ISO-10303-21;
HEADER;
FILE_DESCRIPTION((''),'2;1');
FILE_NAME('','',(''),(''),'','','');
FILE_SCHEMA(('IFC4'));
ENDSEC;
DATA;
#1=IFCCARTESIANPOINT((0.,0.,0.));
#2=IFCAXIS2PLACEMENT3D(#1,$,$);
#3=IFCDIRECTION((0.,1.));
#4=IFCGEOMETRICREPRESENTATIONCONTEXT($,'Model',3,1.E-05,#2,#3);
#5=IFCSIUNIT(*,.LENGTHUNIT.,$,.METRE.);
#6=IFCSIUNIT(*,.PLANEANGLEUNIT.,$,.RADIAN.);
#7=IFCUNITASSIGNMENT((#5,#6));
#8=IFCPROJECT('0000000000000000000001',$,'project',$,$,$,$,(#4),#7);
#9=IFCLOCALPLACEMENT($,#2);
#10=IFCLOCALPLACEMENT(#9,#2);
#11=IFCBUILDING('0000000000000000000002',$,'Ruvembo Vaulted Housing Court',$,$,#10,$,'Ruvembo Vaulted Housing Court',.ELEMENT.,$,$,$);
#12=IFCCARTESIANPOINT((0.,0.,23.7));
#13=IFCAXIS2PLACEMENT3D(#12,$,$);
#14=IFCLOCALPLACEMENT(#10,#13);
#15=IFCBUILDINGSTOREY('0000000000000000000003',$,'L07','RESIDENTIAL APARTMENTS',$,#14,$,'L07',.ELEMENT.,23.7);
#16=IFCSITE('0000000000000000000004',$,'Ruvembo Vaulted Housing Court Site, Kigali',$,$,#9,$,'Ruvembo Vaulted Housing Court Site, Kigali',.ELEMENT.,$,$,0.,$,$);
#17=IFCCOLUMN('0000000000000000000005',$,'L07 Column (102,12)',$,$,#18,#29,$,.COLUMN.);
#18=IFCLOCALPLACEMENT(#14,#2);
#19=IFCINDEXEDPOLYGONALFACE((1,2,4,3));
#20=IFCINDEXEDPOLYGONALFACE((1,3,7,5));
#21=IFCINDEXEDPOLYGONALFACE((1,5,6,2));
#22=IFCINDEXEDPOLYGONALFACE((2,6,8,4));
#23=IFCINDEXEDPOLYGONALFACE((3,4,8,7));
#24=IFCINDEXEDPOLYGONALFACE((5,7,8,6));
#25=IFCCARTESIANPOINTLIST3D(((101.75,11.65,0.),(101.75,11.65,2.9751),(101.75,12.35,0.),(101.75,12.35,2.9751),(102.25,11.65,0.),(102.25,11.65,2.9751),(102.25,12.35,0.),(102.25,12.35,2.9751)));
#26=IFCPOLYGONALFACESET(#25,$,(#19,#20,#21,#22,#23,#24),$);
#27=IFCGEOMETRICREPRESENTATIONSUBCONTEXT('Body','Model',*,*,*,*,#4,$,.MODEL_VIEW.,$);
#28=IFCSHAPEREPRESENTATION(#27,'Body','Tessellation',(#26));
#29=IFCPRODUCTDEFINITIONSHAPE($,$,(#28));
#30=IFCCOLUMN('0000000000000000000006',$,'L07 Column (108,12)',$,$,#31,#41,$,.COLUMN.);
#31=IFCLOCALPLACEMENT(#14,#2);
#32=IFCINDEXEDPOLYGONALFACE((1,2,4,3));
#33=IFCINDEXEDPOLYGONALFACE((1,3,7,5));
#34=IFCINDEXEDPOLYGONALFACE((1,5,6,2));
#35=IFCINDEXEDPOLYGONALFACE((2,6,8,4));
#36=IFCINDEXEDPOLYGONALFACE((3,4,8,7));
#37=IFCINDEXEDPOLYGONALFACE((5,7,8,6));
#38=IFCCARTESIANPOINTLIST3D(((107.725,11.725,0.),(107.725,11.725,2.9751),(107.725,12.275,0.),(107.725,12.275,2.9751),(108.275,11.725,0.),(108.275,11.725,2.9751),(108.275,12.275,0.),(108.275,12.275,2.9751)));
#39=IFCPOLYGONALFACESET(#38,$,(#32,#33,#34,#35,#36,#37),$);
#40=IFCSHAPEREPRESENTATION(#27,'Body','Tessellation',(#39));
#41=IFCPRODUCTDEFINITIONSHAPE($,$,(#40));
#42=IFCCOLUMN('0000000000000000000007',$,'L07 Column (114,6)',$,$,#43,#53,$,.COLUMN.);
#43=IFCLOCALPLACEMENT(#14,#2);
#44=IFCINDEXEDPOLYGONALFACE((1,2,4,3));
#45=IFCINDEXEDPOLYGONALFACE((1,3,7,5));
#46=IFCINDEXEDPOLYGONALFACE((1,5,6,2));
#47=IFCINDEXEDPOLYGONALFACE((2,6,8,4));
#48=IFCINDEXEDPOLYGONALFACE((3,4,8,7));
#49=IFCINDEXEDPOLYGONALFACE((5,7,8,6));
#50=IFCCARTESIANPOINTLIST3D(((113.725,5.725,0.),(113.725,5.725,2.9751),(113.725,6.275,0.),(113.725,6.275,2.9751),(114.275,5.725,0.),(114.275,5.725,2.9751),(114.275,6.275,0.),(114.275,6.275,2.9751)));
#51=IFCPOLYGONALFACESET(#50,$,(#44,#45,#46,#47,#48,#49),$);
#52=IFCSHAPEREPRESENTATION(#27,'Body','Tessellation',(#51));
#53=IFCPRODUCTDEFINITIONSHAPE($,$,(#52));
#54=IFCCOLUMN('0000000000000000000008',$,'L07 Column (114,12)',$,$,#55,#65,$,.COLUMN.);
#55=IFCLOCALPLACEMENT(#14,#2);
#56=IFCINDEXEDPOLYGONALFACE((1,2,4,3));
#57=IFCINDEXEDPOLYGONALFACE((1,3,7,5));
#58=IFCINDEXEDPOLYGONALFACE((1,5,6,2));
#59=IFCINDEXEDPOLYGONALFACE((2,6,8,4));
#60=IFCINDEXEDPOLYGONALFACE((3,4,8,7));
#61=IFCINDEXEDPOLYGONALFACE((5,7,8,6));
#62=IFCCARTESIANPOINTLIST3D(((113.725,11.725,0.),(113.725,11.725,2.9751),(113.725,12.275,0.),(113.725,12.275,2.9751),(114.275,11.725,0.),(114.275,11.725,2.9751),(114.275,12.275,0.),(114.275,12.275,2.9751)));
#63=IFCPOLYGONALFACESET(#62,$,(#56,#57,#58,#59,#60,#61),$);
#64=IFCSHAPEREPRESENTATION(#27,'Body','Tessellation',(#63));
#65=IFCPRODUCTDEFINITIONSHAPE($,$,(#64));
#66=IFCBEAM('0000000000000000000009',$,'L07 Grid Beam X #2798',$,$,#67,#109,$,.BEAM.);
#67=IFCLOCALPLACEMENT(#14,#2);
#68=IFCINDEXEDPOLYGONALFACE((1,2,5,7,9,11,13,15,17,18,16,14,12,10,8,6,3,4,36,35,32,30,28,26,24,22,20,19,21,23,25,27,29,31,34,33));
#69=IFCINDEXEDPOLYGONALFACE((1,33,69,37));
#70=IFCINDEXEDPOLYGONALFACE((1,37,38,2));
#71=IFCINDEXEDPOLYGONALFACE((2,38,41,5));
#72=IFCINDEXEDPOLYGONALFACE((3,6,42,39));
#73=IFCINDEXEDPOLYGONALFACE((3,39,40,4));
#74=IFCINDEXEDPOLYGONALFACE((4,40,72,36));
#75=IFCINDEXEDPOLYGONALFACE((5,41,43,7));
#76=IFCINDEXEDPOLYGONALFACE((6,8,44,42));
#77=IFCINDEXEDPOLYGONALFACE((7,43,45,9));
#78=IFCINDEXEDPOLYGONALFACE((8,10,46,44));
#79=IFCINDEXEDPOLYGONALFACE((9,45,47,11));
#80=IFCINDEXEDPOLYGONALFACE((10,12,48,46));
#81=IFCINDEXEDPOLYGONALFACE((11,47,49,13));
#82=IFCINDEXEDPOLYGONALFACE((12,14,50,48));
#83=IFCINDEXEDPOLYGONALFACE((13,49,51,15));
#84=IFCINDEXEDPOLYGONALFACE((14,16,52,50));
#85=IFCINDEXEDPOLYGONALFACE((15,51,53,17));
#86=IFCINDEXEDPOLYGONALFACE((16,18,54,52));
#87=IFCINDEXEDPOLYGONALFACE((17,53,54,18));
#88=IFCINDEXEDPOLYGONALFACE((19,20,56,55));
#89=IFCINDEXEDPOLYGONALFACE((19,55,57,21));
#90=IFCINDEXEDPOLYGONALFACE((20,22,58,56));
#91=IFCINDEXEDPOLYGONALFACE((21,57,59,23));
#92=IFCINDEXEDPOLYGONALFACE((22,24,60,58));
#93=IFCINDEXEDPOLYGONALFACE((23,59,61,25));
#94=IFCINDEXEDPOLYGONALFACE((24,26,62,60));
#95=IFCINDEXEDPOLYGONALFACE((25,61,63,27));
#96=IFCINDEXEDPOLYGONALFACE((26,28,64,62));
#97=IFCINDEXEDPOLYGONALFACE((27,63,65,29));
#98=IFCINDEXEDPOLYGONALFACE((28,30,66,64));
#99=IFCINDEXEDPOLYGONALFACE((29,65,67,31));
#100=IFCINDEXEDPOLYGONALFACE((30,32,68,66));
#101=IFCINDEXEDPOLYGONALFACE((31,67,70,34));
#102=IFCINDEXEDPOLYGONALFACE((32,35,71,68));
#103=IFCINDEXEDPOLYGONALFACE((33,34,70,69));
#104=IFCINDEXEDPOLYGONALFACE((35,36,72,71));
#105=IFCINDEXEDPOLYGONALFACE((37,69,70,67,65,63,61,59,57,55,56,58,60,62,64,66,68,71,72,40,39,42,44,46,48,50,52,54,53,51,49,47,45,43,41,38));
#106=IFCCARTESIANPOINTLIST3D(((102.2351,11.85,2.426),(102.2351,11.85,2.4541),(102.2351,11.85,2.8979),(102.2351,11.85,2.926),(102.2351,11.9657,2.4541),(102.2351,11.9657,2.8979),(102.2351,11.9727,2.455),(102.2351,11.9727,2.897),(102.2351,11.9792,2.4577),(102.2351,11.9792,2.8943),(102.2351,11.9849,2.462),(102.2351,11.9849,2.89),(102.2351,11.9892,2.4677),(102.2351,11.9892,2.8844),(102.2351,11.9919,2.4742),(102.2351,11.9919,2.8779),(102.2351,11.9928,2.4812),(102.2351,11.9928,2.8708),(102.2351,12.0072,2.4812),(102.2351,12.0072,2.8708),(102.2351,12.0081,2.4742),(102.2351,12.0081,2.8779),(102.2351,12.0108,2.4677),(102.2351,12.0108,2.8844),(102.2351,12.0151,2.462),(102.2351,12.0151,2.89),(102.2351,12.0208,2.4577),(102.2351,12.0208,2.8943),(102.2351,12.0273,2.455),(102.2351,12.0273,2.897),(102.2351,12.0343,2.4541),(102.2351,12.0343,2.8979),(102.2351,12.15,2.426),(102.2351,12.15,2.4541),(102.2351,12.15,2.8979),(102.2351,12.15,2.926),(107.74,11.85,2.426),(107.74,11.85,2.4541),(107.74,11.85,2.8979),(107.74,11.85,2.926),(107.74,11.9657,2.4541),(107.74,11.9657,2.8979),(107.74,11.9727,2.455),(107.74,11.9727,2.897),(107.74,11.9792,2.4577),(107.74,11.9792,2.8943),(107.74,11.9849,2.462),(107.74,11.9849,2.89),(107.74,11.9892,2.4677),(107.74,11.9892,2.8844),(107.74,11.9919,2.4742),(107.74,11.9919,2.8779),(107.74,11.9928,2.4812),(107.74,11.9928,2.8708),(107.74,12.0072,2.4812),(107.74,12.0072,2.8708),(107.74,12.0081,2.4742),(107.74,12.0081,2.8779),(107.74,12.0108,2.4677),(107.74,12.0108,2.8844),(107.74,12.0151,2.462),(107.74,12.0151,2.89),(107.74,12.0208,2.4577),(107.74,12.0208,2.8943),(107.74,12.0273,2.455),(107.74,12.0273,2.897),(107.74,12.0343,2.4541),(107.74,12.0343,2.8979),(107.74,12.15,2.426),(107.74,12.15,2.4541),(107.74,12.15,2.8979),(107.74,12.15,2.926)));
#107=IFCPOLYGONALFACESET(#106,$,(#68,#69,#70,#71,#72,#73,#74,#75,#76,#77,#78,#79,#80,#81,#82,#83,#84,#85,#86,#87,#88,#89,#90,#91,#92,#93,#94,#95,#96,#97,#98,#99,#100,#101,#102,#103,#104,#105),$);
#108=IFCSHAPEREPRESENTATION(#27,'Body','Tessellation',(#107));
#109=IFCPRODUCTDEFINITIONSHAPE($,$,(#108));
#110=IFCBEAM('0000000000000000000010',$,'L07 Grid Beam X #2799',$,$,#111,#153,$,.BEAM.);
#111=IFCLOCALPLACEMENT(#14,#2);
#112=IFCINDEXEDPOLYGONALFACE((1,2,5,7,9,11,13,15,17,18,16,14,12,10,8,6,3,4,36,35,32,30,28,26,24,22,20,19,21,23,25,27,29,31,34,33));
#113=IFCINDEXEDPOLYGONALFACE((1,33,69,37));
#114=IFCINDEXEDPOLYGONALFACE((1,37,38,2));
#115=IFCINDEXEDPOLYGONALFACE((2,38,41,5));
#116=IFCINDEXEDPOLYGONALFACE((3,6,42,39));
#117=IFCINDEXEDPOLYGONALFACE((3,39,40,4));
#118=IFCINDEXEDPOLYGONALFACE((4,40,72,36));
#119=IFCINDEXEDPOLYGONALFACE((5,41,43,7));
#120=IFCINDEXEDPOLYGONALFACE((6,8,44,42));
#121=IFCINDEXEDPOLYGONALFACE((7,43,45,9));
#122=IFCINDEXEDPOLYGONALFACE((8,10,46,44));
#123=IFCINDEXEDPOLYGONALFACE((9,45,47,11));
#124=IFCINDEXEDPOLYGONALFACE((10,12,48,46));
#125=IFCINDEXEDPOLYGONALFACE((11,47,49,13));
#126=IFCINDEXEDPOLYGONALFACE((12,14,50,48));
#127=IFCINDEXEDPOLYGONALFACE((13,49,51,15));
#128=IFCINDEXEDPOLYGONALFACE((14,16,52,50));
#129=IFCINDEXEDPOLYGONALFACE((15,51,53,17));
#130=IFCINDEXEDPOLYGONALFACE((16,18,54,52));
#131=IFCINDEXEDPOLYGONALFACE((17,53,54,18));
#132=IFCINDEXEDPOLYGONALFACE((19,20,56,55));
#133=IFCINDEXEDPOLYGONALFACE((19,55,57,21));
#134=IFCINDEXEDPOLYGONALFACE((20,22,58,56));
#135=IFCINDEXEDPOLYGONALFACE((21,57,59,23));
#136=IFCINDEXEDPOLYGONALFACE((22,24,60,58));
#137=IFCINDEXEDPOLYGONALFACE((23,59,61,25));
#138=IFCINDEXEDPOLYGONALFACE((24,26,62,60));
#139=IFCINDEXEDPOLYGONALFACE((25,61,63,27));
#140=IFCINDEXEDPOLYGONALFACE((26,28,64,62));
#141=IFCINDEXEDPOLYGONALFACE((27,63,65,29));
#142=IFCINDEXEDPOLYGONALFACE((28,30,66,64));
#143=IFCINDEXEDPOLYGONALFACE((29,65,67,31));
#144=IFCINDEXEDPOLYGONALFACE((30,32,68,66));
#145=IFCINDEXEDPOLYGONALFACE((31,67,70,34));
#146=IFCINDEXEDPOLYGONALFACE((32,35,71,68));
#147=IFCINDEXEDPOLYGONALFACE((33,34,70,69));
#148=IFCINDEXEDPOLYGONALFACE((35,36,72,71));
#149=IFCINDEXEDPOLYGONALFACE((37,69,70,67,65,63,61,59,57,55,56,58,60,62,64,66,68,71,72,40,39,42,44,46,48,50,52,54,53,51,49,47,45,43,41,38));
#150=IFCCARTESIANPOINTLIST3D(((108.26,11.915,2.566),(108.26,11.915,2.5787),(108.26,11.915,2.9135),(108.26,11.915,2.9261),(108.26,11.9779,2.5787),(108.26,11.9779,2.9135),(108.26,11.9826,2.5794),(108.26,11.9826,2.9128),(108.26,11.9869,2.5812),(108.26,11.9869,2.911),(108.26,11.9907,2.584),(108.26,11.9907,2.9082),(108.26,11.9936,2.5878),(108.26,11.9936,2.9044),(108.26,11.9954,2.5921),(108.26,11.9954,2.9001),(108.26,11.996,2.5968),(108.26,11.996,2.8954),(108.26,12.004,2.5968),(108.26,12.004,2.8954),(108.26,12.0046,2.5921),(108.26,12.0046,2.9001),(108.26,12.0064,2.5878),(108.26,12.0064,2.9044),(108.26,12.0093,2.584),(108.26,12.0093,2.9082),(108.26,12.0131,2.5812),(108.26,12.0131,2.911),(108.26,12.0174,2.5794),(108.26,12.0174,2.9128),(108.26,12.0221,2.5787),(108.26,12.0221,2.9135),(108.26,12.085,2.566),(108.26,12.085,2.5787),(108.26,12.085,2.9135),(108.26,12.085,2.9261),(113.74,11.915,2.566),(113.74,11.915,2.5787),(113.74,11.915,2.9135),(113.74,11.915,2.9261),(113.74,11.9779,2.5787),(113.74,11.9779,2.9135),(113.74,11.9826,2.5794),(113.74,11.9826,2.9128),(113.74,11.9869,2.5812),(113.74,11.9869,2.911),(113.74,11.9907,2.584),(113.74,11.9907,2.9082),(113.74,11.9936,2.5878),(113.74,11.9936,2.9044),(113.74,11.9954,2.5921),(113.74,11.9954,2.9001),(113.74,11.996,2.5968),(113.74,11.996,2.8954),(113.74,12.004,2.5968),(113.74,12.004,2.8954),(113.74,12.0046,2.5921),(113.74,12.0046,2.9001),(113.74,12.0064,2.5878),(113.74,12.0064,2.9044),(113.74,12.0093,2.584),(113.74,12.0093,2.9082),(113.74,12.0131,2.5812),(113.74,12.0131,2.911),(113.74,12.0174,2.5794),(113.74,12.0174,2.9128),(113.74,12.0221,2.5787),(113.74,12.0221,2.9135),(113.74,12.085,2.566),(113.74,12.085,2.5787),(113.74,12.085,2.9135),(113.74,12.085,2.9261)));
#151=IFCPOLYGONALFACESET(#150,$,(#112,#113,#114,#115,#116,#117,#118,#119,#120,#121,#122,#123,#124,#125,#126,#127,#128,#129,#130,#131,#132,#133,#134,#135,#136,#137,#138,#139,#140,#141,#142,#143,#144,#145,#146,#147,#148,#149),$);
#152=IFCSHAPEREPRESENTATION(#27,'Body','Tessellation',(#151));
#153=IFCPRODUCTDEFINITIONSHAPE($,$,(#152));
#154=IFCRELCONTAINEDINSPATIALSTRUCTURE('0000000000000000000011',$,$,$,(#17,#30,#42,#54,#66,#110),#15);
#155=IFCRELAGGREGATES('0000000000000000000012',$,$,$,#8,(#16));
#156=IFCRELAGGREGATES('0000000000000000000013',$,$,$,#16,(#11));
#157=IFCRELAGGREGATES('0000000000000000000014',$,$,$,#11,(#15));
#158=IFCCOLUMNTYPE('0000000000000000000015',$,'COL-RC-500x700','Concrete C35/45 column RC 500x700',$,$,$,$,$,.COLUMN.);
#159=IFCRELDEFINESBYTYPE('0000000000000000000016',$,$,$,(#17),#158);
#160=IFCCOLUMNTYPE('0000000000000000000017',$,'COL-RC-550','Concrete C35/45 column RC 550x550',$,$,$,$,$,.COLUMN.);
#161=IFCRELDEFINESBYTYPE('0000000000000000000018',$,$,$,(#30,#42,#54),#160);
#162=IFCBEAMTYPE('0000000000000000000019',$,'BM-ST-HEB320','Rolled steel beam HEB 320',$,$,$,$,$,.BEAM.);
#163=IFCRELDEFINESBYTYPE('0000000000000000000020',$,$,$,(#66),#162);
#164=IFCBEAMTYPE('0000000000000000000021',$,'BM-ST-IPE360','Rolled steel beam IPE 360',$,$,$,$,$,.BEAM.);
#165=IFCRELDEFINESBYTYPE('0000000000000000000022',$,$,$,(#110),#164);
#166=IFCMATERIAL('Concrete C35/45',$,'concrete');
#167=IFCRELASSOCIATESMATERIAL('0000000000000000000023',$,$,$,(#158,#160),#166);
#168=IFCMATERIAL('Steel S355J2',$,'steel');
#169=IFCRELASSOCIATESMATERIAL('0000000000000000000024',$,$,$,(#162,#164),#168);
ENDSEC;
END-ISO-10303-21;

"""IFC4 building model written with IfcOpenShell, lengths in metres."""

from ifc_helpers import new_model, si_unit, direction, frame, origin, origin_2d, place, context, subcontext, project, spatial, rectangle, i_section, extrude, material, material_profile, profile_set, type_object, element, save


model = new_model("IFC4")

# Units and contexts
model_context = context("Model", 3, precision=1e-05, world=origin(), true_north=direction((0.0, 1.0)))
body_context = subcontext(model_context, "Body", "Model", "MODEL_VIEW")
ifc_project = project(units=[si_unit("LENGTHUNIT", "METRE"), si_unit("PLANEANGLEUNIT", "RADIAN")], contexts=[model_context])

# Site, building, storey
site_placement = place(None, origin())
site = spatial("IfcSite", under=ifc_project, at=site_placement, Name="Ruvembo Vaulted Housing Court Site, Kigali", LongName="Ruvembo Vaulted Housing Court Site, Kigali", CompositionType="ELEMENT", RefElevation=0.0)
building_placement = place(site_placement, origin())
building = spatial("IfcBuilding", under=site, at=building_placement, Name="Ruvembo Vaulted Housing Court", LongName="Ruvembo Vaulted Housing Court", CompositionType="ELEMENT")
storey_placement = place(building_placement, frame((0.0, 0.0, 23.7)))
storey = spatial("IfcBuildingStorey", under=building, at=storey_placement, Name="L07", Description="RESIDENTIAL APARTMENTS", LongName="L07", CompositionType="ELEMENT", Elevation=23.7)

# Columns
ifc_material_1 = material(Name="Concrete C35/45", Category="concrete")
ifc_material_profile_1 = material_profile(ifc_material_1, rectangle(XDim=0.5, YDim=0.7, at=origin_2d()), Name="RC 500x700")
ifc_profile_set_1 = profile_set([ifc_material_profile_1], Name="Concrete C35/45")
column_type_1 = type_object("IfcColumnType", Name="COL-RC-500x700", Description="Concrete C35/45 column RC 500x700", PredefinedType="COLUMN", material=ifc_profile_set_1)
column_placement = place(storey_placement, frame((102.0, 12.0, 0.0), z_axis=(0.0, 0.0, 1.0), x_axis=(1.0, 0.0, 0.0)))
element("IfcColumn", 1, at=column_placement, inside=storey, type_object=column_type_1, Name="L07 Column (102,12)", PredefinedType="COLUMN", context=body_context, shape_type="SweptSolid", body=[
    extrude(rectangle(XDim=0.5, YDim=0.7, at=origin_2d()), origin(), (0.0, 0.0, 1.0), 2.9751),
])
ifc_material_profile_2 = material_profile(ifc_material_1, rectangle(XDim=0.55, YDim=0.55, at=origin_2d()), Name="RC 550x550")
ifc_profile_set_2 = profile_set([ifc_material_profile_2], Name="Concrete C35/45")
column_type_2 = type_object("IfcColumnType", Name="COL-RC-550", Description="Concrete C35/45 column RC 550x550", PredefinedType="COLUMN", material=ifc_profile_set_2)
for number, where, z_axis, x_axis, name in (
    (2, (108.0, 12.0, 0.0), (0.0, 0.0, 1.0), (1.0, 0.0, 0.0), "L07 Column (108,12)"),
    (3, (114.0, 6.0, 0.0), (0.0, 0.0, 1.0), (1.0, 0.0, 0.0), "L07 Column (114,6)"),
    (4, (114.0, 12.0, 0.0), (0.0, 0.0, 1.0), (1.0, 0.0, 0.0), "L07 Column (114,12)"),
):
    element("IfcColumn", number, at=place(storey_placement, frame(where, z_axis=z_axis, x_axis=x_axis)), inside=storey, type_object=column_type_2, Name=name, PredefinedType="COLUMN", context=body_context, shape_type="SweptSolid", body=[
        extrude(rectangle(XDim=0.55, YDim=0.55, at=origin_2d()), origin(), (0.0, 0.0, 1.0), 2.9751),
    ])

# Beams
ifc_material_2 = material(Name="Steel S355J2", Category="steel")
ifc_material_profile_3 = material_profile(ifc_material_2, i_section(OverallWidth=0.3, OverallDepth=0.5, WebThickness=0.0144, FlangeThickness=0.0281, FilletRadius=0.0271, at=origin_2d()), Name="HEB 320")
ifc_profile_set_3 = profile_set([ifc_material_profile_3], Name="Steel S355J2")
beam_type_1 = type_object("IfcBeamType", Name="BM-ST-HEB320", Description="Rolled steel beam HEB 320", PredefinedType="BEAM", material=ifc_profile_set_3)
beam_1_placement = place(storey_placement, frame((102.2351, 12.0, 2.676), z_axis=(1.0, 0.0, 0.0), x_axis=(0.0, 1.0, 0.0)))
element("IfcBeam", 5, at=beam_1_placement, inside=storey, type_object=beam_type_1, Name="L07 Grid Beam X #2798", PredefinedType="BEAM", context=body_context, shape_type="SweptSolid", body=[
    extrude(i_section(OverallWidth=0.3, OverallDepth=0.5, WebThickness=0.0144, FlangeThickness=0.0281, FilletRadius=0.0271, at=origin_2d()), origin(), (0.0, 0.0, 1.0), 5.5049),
])
ifc_material_profile_4 = material_profile(ifc_material_2, i_section(OverallWidth=0.1699, OverallDepth=0.3601, WebThickness=0.0081, FlangeThickness=0.0127, FilletRadius=0.0181, at=origin_2d()), Name="IPE 360")
ifc_profile_set_4 = profile_set([ifc_material_profile_4], Name="Steel S355J2")
beam_type_2 = type_object("IfcBeamType", Name="BM-ST-IPE360", Description="Rolled steel beam IPE 360", PredefinedType="BEAM", material=ifc_profile_set_4)
beam_2_placement = place(storey_placement, frame((108.26, 12.0, 2.7461), z_axis=(1.0, 0.0, 0.0), x_axis=(0.0, 1.0, 0.0)))
element("IfcBeam", 6, at=beam_2_placement, inside=storey, type_object=beam_type_2, Name="L07 Grid Beam X #2799", PredefinedType="BEAM", context=body_context, shape_type="SweptSolid", body=[
    extrude(i_section(OverallWidth=0.1699, OverallDepth=0.3601, WebThickness=0.0081, FlangeThickness=0.0127, FilletRadius=0.0181, at=origin_2d()), origin(), (0.0, 0.0, 1.0), 5.48),
])

save(model, "model.ifc")
